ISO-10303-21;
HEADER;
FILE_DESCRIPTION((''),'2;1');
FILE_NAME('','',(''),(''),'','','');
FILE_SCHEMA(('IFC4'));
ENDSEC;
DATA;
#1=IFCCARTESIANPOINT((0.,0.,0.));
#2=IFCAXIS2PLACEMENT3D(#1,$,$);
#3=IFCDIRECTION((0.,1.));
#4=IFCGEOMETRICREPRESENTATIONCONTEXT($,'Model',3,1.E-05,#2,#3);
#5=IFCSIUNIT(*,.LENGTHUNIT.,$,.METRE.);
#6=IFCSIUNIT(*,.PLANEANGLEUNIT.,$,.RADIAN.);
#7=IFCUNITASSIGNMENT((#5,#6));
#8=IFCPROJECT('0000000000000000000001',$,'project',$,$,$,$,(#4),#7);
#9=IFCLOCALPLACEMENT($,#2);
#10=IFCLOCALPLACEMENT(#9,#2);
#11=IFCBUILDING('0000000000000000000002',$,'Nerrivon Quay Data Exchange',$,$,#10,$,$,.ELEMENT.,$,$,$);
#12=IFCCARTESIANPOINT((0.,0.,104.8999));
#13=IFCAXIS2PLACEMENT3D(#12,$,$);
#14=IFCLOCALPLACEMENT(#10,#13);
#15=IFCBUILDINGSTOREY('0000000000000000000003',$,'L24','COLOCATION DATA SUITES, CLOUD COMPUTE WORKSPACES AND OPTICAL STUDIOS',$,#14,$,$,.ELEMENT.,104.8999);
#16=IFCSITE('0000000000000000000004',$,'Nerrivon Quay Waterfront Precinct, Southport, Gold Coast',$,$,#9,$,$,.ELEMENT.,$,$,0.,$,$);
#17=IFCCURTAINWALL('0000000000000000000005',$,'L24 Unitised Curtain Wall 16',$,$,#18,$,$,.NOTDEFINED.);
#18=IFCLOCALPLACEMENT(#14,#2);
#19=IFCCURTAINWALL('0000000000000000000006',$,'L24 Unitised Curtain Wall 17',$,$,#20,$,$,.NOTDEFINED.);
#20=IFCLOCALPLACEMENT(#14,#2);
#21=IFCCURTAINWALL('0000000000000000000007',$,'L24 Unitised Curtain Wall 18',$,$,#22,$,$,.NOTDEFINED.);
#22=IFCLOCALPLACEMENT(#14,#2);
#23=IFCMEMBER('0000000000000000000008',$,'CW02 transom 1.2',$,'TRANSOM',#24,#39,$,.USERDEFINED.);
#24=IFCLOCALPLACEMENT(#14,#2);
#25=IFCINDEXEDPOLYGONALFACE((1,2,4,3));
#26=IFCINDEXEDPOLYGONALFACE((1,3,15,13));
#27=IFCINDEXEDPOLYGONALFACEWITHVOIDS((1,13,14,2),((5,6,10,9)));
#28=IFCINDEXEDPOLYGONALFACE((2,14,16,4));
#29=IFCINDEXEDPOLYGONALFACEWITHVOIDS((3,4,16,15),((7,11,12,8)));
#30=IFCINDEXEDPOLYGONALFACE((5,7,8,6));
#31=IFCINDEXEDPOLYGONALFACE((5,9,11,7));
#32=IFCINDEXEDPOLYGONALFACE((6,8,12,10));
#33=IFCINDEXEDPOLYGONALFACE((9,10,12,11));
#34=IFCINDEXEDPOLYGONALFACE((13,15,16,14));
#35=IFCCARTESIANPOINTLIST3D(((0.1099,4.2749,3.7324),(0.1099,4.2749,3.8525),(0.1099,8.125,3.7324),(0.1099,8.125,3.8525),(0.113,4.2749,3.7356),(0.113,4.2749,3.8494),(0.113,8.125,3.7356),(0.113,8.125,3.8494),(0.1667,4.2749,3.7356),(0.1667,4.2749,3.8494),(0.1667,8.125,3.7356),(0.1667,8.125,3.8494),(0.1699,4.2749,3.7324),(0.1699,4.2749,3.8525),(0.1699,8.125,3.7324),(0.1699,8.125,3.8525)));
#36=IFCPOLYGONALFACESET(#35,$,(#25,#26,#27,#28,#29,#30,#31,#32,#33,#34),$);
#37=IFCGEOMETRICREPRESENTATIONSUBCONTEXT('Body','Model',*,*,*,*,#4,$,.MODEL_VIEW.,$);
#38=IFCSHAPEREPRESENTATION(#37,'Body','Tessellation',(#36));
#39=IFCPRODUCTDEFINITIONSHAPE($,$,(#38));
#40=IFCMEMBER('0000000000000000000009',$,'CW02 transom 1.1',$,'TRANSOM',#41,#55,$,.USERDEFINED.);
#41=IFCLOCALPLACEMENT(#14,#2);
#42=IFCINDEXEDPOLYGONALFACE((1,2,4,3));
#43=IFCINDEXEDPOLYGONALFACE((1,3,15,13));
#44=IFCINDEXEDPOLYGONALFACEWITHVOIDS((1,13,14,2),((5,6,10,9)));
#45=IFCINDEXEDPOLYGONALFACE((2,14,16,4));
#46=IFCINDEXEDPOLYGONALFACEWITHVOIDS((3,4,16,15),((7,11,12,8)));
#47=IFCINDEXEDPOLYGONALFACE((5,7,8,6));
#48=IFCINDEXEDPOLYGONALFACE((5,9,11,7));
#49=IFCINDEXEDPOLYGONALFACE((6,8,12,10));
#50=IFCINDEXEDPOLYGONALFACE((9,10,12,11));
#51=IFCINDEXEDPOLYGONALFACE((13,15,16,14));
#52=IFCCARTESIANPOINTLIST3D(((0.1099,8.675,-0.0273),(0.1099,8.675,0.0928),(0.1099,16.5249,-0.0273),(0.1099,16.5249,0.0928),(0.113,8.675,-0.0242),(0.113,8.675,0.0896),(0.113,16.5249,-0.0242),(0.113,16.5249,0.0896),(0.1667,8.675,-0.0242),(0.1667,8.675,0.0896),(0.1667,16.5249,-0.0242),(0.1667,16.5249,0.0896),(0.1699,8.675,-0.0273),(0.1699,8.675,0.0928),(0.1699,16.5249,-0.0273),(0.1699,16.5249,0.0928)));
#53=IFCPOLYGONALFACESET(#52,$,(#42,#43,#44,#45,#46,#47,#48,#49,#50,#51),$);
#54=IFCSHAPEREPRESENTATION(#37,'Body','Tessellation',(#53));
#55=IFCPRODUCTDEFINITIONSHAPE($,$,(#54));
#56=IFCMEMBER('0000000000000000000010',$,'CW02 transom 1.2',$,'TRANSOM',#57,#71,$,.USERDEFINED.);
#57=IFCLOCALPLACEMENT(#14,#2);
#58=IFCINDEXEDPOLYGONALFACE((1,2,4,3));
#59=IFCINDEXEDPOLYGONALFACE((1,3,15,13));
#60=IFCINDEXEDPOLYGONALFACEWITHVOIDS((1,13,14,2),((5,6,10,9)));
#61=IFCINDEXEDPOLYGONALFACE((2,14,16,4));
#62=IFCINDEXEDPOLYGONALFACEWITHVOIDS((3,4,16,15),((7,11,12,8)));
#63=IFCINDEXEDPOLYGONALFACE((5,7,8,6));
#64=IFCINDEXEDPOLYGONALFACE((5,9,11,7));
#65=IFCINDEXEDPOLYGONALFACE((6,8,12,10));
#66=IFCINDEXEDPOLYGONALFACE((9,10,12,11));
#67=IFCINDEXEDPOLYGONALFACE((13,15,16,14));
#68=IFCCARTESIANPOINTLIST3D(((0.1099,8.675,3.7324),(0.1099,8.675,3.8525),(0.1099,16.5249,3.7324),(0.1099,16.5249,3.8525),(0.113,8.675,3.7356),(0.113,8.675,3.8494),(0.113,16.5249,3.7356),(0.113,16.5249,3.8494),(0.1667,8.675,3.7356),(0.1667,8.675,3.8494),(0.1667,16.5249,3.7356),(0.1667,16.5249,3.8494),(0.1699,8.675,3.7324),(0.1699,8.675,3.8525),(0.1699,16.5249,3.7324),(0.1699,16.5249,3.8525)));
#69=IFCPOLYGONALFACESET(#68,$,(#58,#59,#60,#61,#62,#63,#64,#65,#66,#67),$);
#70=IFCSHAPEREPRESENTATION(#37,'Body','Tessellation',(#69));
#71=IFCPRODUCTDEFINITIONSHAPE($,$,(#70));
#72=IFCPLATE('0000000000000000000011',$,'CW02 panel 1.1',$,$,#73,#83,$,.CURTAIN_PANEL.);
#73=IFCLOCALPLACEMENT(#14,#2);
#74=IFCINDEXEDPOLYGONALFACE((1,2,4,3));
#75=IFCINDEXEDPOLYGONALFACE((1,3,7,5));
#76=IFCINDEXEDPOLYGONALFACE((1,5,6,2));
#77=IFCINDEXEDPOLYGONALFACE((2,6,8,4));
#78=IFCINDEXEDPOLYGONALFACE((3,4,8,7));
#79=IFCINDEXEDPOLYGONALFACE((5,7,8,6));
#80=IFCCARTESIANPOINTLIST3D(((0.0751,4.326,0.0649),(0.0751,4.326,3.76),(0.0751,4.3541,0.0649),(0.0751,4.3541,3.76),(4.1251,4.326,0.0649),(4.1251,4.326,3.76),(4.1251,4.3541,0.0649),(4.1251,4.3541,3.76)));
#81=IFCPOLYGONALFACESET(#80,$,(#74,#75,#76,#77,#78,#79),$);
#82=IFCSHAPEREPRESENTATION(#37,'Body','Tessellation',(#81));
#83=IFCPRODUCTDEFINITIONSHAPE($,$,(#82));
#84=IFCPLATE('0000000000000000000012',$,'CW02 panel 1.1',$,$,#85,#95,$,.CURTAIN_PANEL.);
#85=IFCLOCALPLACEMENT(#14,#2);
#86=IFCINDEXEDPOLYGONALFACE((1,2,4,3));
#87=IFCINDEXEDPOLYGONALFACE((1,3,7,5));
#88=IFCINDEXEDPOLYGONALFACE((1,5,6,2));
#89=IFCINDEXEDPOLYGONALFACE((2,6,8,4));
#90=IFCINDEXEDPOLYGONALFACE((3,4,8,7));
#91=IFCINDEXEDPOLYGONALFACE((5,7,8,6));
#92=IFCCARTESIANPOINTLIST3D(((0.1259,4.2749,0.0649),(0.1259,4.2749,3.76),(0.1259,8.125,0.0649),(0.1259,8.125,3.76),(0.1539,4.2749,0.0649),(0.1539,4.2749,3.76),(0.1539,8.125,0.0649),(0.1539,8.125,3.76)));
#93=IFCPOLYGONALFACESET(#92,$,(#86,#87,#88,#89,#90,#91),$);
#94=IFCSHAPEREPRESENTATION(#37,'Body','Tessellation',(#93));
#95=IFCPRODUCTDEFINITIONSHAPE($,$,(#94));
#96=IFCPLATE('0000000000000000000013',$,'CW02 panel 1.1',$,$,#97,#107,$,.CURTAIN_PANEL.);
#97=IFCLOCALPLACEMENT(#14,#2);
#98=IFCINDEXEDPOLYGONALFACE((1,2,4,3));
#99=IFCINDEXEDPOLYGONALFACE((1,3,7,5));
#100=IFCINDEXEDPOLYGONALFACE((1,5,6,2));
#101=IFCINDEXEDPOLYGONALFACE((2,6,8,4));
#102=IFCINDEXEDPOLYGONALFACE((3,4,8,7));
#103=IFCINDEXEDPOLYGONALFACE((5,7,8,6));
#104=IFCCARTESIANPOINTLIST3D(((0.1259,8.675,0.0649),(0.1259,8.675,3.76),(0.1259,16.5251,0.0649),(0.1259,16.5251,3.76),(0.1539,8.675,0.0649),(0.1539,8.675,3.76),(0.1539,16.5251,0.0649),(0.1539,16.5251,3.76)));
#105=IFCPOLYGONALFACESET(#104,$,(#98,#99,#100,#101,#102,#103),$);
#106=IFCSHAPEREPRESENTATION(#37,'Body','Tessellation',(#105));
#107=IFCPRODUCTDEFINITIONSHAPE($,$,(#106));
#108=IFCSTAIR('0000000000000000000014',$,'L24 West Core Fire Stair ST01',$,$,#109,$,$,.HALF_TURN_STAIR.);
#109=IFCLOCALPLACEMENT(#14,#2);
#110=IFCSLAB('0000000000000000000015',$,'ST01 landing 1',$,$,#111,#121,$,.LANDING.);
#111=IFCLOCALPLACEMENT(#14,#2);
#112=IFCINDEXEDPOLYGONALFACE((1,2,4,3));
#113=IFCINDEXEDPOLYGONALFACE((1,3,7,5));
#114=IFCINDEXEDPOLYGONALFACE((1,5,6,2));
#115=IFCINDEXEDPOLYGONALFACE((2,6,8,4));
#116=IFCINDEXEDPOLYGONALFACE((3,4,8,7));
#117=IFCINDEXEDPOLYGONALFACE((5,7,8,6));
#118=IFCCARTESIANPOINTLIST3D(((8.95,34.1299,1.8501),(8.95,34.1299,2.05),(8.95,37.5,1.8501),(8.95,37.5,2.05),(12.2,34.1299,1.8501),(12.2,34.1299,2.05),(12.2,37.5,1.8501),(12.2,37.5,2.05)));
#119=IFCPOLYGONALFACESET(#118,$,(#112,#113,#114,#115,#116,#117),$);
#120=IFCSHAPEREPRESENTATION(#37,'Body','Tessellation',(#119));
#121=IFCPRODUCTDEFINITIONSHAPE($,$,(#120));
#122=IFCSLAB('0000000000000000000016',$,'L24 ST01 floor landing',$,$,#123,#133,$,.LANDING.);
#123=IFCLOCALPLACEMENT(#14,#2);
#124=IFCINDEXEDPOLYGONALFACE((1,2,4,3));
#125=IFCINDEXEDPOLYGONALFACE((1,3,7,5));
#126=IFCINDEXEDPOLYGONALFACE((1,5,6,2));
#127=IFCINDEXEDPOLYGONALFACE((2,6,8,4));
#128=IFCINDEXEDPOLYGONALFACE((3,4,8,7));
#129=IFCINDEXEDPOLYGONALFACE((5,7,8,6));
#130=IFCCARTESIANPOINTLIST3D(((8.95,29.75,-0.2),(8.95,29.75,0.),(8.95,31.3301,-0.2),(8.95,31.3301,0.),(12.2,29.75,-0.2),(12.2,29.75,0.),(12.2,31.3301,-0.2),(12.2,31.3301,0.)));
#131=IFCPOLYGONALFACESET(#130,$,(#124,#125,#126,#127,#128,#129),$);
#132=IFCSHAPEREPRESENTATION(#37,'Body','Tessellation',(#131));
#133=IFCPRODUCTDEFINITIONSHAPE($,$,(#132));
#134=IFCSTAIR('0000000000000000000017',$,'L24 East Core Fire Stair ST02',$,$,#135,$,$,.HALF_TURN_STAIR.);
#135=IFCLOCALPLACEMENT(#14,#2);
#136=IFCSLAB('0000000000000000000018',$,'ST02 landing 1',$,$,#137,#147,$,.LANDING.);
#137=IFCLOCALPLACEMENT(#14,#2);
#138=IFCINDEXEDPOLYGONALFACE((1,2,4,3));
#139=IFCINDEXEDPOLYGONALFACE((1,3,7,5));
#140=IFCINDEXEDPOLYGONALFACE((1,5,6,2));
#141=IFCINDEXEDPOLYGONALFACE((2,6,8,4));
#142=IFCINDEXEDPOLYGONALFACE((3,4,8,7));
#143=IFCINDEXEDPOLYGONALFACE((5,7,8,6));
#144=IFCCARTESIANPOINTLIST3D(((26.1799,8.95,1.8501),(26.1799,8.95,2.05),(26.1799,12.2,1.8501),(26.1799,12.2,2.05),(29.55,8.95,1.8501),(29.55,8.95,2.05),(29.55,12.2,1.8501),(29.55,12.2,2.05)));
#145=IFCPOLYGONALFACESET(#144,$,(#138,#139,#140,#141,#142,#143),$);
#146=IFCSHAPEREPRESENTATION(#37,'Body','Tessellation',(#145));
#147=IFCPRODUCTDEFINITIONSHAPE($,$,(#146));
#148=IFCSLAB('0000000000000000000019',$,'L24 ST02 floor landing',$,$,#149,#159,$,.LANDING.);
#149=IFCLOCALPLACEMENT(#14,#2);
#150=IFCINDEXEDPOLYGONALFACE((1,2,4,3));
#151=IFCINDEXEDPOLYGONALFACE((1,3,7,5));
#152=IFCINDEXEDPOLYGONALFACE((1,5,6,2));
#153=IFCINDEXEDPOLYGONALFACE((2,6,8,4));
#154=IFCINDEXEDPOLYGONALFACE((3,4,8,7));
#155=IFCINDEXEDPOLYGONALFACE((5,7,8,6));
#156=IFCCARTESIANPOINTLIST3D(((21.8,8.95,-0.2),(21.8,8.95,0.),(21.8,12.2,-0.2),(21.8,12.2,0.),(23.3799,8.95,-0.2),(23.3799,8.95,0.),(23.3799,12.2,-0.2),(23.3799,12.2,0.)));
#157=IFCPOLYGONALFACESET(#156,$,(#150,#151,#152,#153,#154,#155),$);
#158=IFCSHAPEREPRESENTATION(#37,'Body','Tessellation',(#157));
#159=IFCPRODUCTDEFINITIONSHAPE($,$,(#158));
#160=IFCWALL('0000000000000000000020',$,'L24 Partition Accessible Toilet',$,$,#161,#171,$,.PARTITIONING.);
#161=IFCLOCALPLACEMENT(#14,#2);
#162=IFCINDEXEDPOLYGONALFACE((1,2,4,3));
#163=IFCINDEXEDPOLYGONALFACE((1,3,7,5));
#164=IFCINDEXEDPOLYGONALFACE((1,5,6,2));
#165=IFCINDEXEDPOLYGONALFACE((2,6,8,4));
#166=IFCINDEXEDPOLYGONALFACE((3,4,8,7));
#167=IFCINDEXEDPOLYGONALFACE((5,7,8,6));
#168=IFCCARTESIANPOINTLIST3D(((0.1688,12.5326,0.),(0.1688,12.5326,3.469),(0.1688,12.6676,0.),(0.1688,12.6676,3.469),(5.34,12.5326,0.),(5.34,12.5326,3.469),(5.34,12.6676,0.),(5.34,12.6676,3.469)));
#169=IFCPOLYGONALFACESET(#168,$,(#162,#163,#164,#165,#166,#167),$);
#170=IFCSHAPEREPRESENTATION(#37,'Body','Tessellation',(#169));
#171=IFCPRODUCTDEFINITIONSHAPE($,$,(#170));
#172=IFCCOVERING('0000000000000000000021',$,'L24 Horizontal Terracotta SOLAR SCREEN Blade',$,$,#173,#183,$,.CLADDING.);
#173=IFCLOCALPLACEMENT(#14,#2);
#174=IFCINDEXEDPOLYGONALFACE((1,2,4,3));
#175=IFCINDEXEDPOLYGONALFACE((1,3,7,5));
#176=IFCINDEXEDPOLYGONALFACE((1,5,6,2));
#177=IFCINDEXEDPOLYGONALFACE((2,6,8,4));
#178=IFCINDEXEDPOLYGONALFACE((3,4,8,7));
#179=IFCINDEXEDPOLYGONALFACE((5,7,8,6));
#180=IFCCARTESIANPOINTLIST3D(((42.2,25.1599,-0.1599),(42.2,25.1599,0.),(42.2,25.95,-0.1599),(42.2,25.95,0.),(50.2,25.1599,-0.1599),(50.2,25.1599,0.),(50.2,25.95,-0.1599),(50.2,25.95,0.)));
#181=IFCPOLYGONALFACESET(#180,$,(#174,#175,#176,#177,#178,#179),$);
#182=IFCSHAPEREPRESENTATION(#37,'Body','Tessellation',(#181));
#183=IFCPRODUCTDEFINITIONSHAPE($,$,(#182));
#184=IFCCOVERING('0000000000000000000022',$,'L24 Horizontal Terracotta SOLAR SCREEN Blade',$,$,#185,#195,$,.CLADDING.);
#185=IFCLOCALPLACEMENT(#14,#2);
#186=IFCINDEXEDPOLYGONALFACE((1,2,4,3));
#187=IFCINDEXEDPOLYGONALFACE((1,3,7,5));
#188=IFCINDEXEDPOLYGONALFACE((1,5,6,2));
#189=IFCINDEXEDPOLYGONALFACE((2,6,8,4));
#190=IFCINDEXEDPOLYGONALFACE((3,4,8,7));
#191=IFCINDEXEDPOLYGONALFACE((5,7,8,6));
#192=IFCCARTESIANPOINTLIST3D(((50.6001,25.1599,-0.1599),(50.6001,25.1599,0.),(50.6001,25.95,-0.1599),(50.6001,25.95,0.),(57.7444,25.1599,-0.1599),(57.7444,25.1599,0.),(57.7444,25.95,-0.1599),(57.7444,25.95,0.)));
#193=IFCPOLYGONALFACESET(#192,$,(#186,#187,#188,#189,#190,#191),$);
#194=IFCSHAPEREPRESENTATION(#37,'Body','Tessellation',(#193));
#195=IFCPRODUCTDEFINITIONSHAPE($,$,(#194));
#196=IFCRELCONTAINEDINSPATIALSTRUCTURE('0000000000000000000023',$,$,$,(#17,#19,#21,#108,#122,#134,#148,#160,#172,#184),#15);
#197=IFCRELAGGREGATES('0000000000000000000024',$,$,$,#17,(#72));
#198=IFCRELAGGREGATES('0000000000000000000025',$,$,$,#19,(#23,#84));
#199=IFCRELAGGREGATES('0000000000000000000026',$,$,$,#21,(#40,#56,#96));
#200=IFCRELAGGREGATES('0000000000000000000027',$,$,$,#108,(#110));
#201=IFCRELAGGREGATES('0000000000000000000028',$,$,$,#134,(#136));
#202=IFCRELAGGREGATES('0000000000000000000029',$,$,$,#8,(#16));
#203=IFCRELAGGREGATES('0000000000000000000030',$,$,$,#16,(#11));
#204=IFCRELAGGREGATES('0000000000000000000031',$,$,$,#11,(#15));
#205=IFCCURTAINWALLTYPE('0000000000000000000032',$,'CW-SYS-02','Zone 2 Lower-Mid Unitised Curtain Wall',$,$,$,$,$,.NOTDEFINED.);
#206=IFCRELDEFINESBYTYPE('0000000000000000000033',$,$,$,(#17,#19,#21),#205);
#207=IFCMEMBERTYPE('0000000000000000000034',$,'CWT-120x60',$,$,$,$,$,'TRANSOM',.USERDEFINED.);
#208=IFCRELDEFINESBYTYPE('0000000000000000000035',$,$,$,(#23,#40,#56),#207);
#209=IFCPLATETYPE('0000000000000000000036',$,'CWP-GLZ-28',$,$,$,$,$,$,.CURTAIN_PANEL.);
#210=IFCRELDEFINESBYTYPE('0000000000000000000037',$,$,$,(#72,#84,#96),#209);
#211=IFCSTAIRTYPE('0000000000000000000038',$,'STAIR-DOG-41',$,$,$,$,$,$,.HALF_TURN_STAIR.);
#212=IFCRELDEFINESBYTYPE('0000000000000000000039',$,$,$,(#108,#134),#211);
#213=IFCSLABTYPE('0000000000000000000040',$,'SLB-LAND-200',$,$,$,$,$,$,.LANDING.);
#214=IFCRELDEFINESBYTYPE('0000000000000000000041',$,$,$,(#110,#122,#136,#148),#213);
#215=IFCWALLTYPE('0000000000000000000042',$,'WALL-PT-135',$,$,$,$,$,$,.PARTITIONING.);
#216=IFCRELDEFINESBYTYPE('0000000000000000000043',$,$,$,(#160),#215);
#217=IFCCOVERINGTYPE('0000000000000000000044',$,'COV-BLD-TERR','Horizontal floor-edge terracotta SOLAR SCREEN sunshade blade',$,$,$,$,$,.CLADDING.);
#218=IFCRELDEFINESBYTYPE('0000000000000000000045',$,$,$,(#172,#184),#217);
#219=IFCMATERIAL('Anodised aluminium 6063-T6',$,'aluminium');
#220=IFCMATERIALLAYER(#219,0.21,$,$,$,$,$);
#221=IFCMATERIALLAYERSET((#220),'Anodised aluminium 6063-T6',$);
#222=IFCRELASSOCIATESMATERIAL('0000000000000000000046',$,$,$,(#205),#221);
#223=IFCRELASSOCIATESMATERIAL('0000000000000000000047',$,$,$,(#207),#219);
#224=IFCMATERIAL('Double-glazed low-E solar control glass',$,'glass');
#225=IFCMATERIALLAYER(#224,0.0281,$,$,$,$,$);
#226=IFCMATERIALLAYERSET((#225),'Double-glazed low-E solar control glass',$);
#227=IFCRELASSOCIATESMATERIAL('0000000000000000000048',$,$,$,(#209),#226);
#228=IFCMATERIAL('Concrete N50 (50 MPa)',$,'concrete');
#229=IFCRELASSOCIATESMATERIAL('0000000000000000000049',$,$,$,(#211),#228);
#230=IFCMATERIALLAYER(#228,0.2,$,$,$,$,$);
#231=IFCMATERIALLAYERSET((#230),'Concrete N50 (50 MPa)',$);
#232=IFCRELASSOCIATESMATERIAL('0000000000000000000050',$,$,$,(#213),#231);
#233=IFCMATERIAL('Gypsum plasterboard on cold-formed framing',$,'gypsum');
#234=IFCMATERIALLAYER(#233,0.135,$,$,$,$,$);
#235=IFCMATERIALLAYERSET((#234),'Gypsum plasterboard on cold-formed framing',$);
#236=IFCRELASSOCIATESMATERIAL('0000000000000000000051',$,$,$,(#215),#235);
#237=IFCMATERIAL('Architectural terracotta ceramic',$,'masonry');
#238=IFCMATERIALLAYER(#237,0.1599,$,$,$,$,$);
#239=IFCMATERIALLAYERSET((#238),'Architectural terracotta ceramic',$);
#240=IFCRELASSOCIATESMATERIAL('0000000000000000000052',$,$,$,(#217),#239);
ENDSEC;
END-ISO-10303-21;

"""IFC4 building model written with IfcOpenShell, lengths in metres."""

from ifc_helpers import new_model, si_unit, direction, frame, frame_2d, origin, origin_2d, place, context, subcontext, project, spatial, polyline, rectangle, hollow_rectangle, outline, extrude, material, layer, layer_set, material_profile, profile_set, type_object, element, aggregate, save


model = new_model("IFC4")

# Units and contexts
model_context = context("Model", 3, precision=1e-05, world=origin(), true_north=direction((0.0, 1.0)))
body_context = subcontext(model_context, "Body", "Model", "MODEL_VIEW")
ifc_project = project(units=[si_unit("LENGTHUNIT", "METRE"), si_unit("PLANEANGLEUNIT", "RADIAN")], contexts=[model_context])

# Site, building, storey
site_placement = place(None, origin())
site = spatial("IfcSite", under=ifc_project, at=site_placement, Name="Nerrivon Quay Waterfront Precinct, Southport, Gold Coast", CompositionType="ELEMENT", RefElevation=0.0)
building_placement = place(site_placement, origin())
building = spatial("IfcBuilding", under=site, at=building_placement, Name="Nerrivon Quay Data Exchange", CompositionType="ELEMENT")
storey_placement = place(building_placement, frame((0.0, 0.0, 104.8999)))
storey = spatial("IfcBuildingStorey", under=building, at=storey_placement, Name="L24", Description="COLOCATION DATA SUITES, CLOUD COMPUTE WORKSPACES AND OPTICAL STUDIOS", CompositionType="ELEMENT", Elevation=104.8999)

# Curtain wall
ifc_material_1 = material(Name="Anodised aluminium 6063-T6", Category="aluminium")
ifc_layer_1 = layer(ifc_material_1, 0.21)
ifc_layer_set_1 = layer_set([ifc_layer_1], Name="Anodised aluminium 6063-T6")
curtain_wall_type = type_object("IfcCurtainWallType", Name="CW-SYS-02", Description="Zone 2 Lower-Mid Unitised Curtain Wall", PredefinedType="NOTDEFINED", material=ifc_layer_set_1)
curtain_wall_1_placement = place(storey_placement, origin())
curtain_wall_1 = element("IfcCurtainWall", 1, at=curtain_wall_1_placement, inside=storey, type_object=curtain_wall_type, Name="L24 Unitised Curtain Wall 16", PredefinedType="NOTDEFINED")

# Curtain walls
curtain_wall_2_placement = place(storey_placement, origin())
curtain_wall_2 = element("IfcCurtainWall", 2, at=curtain_wall_2_placement, inside=storey, type_object=curtain_wall_type, Name="L24 Unitised Curtain Wall 17", PredefinedType="NOTDEFINED")
curtain_wall_3_placement = place(storey_placement, origin())
curtain_wall_3 = element("IfcCurtainWall", 3, at=curtain_wall_3_placement, inside=storey, type_object=curtain_wall_type, Name="L24 Unitised Curtain Wall 18", PredefinedType="NOTDEFINED")

# Members
ifc_material_profile_1 = material_profile(ifc_material_1, hollow_rectangle(XDim=0.0601, YDim=0.1201, WallThickness=0.0032, at=origin_2d()), Name="ALU-TRAN-120x60")
ifc_profile_set_1 = profile_set([ifc_material_profile_1], Name="Anodised aluminium 6063-T6")
member_type_1 = type_object("IfcMemberType", Name="CWT-120x60", ElementType="TRANSOM", PredefinedType="USERDEFINED", material=ifc_profile_set_1)
member_1_placement = place(storey_placement, frame((0.1399, 4.2749, 3.7925), z_axis=(0.0, 1.0, 0.0), x_axis=(-1.0, 0.0, 0.0)))
member_1 = element("IfcMember", 4, at=member_1_placement, type_object=member_type_1, Name="CW02 transom 1.2", ObjectType="TRANSOM", PredefinedType="USERDEFINED", context=body_context, shape_type="SweptSolid", body=[
    extrude(hollow_rectangle(XDim=0.0601, YDim=0.1201, WallThickness=0.0032, at=origin_2d()), origin(), (0.0, 0.0, 1.0), 3.8501),
])
member_2_placement = place(storey_placement, frame((0.1399, 8.675, 0.0327), z_axis=(0.0, 1.0, 0.0), x_axis=(-1.0, 0.0, 0.0)))
member_2 = element("IfcMember", 5, at=member_2_placement, type_object=member_type_1, Name="CW02 transom 1.1", ObjectType="TRANSOM", PredefinedType="USERDEFINED", context=body_context, shape_type="SweptSolid", body=[
    extrude(hollow_rectangle(XDim=0.0601, YDim=0.1201, WallThickness=0.0032, at=origin_2d()), origin(), (0.0, 0.0, 1.0), 7.8499),
])
member_3_placement = place(storey_placement, frame((0.1399, 8.675, 3.7925), z_axis=(0.0, 1.0, 0.0), x_axis=(-1.0, 0.0, 0.0)))
member_3 = element("IfcMember", 6, at=member_3_placement, type_object=member_type_1, Name="CW02 transom 1.2", ObjectType="TRANSOM", PredefinedType="USERDEFINED", context=body_context, shape_type="SweptSolid", body=[
    extrude(hollow_rectangle(XDim=0.0601, YDim=0.1201, WallThickness=0.0032, at=origin_2d()), origin(), (0.0, 0.0, 1.0), 7.8499),
])

# Plates
ifc_material_2 = material(Name="Double-glazed low-E solar control glass", Category="glass")
ifc_layer_2 = layer(ifc_material_2, 0.0281)
ifc_layer_set_2 = layer_set([ifc_layer_2], Name="Double-glazed low-E solar control glass")
plate_type = type_object("IfcPlateType", Name="CWP-GLZ-28", PredefinedType="CURTAIN_PANEL", material=ifc_layer_set_2)
plate_1_placement = place(storey_placement, frame((2.1001, 4.3401, 0.0649), z_axis=(0.0, 0.0, 1.0), x_axis=(-1.0, 0.0, 0.0)))
plate_1 = element("IfcPlate", 7, at=plate_1_placement, type_object=plate_type, Name="CW02 panel 1.1", PredefinedType="CURTAIN_PANEL", context=body_context, shape_type="SweptSolid", body=[
    extrude(rectangle(XDim=4.05, YDim=0.0281, at=origin_2d()), origin(), (0.0, 0.0, 1.0), 3.6951),
])
aggregate(curtain_wall_1, [plate_1])
plate_2_placement = place(storey_placement, frame((0.1399, 6.2, 0.0649), z_axis=(0.0, 0.0, 1.0), x_axis=(0.0, 1.0, 0.0)))
plate_2 = element("IfcPlate", 8, at=plate_2_placement, type_object=plate_type, Name="CW02 panel 1.1", PredefinedType="CURTAIN_PANEL", context=body_context, shape_type="SweptSolid", body=[
    extrude(rectangle(XDim=3.8501, YDim=0.0281, at=origin_2d()), origin(), (0.0, 0.0, 1.0), 3.6951),
])
aggregate(curtain_wall_2, [member_1, plate_2])
plate_3_placement = place(storey_placement, frame((0.1399, 12.6001, 0.0649), z_axis=(0.0, 0.0, 1.0), x_axis=(0.0, 1.0, 0.0)))
plate_3 = element("IfcPlate", 9, at=plate_3_placement, type_object=plate_type, Name="CW02 panel 1.1", PredefinedType="CURTAIN_PANEL", context=body_context, shape_type="SweptSolid", body=[
    extrude(rectangle(XDim=7.8501, YDim=0.0281, at=origin_2d()), origin(), (0.0, 0.0, 1.0), 3.6951),
])
aggregate(curtain_wall_3, [member_2, member_3, plate_3])

# Stair, slab
ifc_material_3 = material(Name="Concrete N50 (50 MPa)", Category="concrete")
stair_type = type_object("IfcStairType", Name="STAIR-DOG-41", PredefinedType="HALF_TURN_STAIR", material=ifc_material_3)
stair_1_placement = place(storey_placement, origin())
stair_1 = element("IfcStair", 10, at=stair_1_placement, inside=storey, type_object=stair_type, Name="L24 West Core Fire Stair ST01", PredefinedType="HALF_TURN_STAIR")
ifc_layer_3 = layer(ifc_material_3, 0.2)
ifc_layer_set_3 = layer_set([ifc_layer_3], Name="Concrete N50 (50 MPa)")
slab_type = type_object("IfcSlabType", Name="SLB-LAND-200", PredefinedType="LANDING", material=ifc_layer_set_3)
slab_1_placement = place(storey_placement, frame((0.0, 0.0, 1.8501)))
slab_1 = element("IfcSlab", 11, at=slab_1_placement, type_object=slab_type, Name="ST01 landing 1", PredefinedType="LANDING", context=body_context, shape_type="SweptSolid", body=[
    extrude(outline(polyline([(12.2, 34.1299), (12.2, 37.5), (8.95, 37.5), (8.95, 34.1299), (12.2, 34.1299)])), origin(), (0.0, 0.0, 1.0), 0.2),
])
aggregate(stair_1, [slab_1])

# Slab
slab_2_placement = place(storey_placement, frame((0.0, 0.0, -0.2)))
element("IfcSlab", 12, at=slab_2_placement, inside=storey, type_object=slab_type, Name="L24 ST01 floor landing", PredefinedType="LANDING", context=body_context, shape_type="SweptSolid", body=[
    extrude(outline(polyline([(12.2, 29.75), (12.2, 31.3301), (8.95, 31.3301), (8.95, 29.75), (12.2, 29.75)])), origin(), (0.0, 0.0, 1.0), 0.2),
])

# Stair, slab
stair_2_placement = place(storey_placement, origin())
stair_2 = element("IfcStair", 13, at=stair_2_placement, inside=storey, type_object=stair_type, Name="L24 East Core Fire Stair ST02", PredefinedType="HALF_TURN_STAIR")
slab_3_placement = place(storey_placement, frame((0.0, 0.0, 1.8501)))
slab_3 = element("IfcSlab", 14, at=slab_3_placement, type_object=slab_type, Name="ST02 landing 1", PredefinedType="LANDING", context=body_context, shape_type="SweptSolid", body=[
    extrude(outline(polyline([(26.1799, 8.95), (29.55, 8.95), (29.55, 12.2), (26.1799, 12.2), (26.1799, 8.95)])), origin(), (0.0, 0.0, 1.0), 0.2),
])
aggregate(stair_2, [slab_3])

# Slab
slab_4_placement = place(storey_placement, frame((0.0, 0.0, -0.2)))
element("IfcSlab", 15, at=slab_4_placement, inside=storey, type_object=slab_type, Name="L24 ST02 floor landing", PredefinedType="LANDING", context=body_context, shape_type="SweptSolid", body=[
    extrude(outline(polyline([(21.8, 8.95), (23.3799, 8.95), (23.3799, 12.2), (21.8, 12.2), (21.8, 8.95)])), origin(), (0.0, 0.0, 1.0), 0.2),
])

# Wall
ifc_material_4 = material(Name="Gypsum plasterboard on cold-formed framing", Category="gypsum")
ifc_layer_4 = layer(ifc_material_4, 0.135)
ifc_layer_set_4 = layer_set([ifc_layer_4], Name="Gypsum plasterboard on cold-formed framing")
wall_type = type_object("IfcWallType", Name="WALL-PT-135", PredefinedType="PARTITIONING", material=ifc_layer_set_4)
wall_placement = place(storey_placement, frame((0.1689, 12.6001, 0.0), z_axis=(0.0, 0.0, 1.0), x_axis=(1.0, 0.0, 0.0)))
element("IfcWall", 16, at=wall_placement, inside=storey, type_object=wall_type, Name="L24 Partition Accessible Toilet", PredefinedType="PARTITIONING", context=body_context, shape_type="SweptSolid", body=[
    extrude(rectangle(XDim=5.1711, YDim=0.135, at=frame_2d((2.5854, 0.0))), origin(), (0.0, 0.0, 1.0), 3.469),
])

# Coverings
ifc_material_5 = material(Name="Architectural terracotta ceramic", Category="masonry")
ifc_layer_5 = layer(ifc_material_5, 0.1599)
ifc_layer_set_5 = layer_set([ifc_layer_5], Name="Architectural terracotta ceramic")
covering_type_1 = type_object("IfcCoveringType", Name="COV-BLD-TERR", Description="Horizontal floor-edge terracotta SOLAR SCREEN sunshade blade", PredefinedType="CLADDING", material=ifc_layer_set_5)
covering_1_placement = place(storey_placement, frame((0.0, 0.0, -0.1599)))
element("IfcCovering", 17, at=covering_1_placement, inside=storey, type_object=covering_type_1, Name="L24 Horizontal Terracotta SOLAR SCREEN Blade", PredefinedType="CLADDING", context=body_context, shape_type="SweptSolid", body=[
    extrude(outline(polyline([(42.2, 25.1599), (50.2, 25.1599), (50.2, 25.95), (42.2, 25.95), (42.2, 25.1599)])), origin(), (0.0, 0.0, 1.0), 0.1599),
])
covering_2_placement = place(storey_placement, frame((0.0, 0.0, -0.1599)))
element("IfcCovering", 18, at=covering_2_placement, inside=storey, type_object=covering_type_1, Name="L24 Horizontal Terracotta SOLAR SCREEN Blade", PredefinedType="CLADDING", context=body_context, shape_type="SweptSolid", body=[
    extrude(outline(polyline([(50.6001, 25.1599), (57.7444, 25.1599), (57.7444, 25.95), (50.6001, 25.95), (50.6001, 25.1599)])), origin(), (0.0, 0.0, 1.0), 0.1599),
])

save(model, "model.ifc")
